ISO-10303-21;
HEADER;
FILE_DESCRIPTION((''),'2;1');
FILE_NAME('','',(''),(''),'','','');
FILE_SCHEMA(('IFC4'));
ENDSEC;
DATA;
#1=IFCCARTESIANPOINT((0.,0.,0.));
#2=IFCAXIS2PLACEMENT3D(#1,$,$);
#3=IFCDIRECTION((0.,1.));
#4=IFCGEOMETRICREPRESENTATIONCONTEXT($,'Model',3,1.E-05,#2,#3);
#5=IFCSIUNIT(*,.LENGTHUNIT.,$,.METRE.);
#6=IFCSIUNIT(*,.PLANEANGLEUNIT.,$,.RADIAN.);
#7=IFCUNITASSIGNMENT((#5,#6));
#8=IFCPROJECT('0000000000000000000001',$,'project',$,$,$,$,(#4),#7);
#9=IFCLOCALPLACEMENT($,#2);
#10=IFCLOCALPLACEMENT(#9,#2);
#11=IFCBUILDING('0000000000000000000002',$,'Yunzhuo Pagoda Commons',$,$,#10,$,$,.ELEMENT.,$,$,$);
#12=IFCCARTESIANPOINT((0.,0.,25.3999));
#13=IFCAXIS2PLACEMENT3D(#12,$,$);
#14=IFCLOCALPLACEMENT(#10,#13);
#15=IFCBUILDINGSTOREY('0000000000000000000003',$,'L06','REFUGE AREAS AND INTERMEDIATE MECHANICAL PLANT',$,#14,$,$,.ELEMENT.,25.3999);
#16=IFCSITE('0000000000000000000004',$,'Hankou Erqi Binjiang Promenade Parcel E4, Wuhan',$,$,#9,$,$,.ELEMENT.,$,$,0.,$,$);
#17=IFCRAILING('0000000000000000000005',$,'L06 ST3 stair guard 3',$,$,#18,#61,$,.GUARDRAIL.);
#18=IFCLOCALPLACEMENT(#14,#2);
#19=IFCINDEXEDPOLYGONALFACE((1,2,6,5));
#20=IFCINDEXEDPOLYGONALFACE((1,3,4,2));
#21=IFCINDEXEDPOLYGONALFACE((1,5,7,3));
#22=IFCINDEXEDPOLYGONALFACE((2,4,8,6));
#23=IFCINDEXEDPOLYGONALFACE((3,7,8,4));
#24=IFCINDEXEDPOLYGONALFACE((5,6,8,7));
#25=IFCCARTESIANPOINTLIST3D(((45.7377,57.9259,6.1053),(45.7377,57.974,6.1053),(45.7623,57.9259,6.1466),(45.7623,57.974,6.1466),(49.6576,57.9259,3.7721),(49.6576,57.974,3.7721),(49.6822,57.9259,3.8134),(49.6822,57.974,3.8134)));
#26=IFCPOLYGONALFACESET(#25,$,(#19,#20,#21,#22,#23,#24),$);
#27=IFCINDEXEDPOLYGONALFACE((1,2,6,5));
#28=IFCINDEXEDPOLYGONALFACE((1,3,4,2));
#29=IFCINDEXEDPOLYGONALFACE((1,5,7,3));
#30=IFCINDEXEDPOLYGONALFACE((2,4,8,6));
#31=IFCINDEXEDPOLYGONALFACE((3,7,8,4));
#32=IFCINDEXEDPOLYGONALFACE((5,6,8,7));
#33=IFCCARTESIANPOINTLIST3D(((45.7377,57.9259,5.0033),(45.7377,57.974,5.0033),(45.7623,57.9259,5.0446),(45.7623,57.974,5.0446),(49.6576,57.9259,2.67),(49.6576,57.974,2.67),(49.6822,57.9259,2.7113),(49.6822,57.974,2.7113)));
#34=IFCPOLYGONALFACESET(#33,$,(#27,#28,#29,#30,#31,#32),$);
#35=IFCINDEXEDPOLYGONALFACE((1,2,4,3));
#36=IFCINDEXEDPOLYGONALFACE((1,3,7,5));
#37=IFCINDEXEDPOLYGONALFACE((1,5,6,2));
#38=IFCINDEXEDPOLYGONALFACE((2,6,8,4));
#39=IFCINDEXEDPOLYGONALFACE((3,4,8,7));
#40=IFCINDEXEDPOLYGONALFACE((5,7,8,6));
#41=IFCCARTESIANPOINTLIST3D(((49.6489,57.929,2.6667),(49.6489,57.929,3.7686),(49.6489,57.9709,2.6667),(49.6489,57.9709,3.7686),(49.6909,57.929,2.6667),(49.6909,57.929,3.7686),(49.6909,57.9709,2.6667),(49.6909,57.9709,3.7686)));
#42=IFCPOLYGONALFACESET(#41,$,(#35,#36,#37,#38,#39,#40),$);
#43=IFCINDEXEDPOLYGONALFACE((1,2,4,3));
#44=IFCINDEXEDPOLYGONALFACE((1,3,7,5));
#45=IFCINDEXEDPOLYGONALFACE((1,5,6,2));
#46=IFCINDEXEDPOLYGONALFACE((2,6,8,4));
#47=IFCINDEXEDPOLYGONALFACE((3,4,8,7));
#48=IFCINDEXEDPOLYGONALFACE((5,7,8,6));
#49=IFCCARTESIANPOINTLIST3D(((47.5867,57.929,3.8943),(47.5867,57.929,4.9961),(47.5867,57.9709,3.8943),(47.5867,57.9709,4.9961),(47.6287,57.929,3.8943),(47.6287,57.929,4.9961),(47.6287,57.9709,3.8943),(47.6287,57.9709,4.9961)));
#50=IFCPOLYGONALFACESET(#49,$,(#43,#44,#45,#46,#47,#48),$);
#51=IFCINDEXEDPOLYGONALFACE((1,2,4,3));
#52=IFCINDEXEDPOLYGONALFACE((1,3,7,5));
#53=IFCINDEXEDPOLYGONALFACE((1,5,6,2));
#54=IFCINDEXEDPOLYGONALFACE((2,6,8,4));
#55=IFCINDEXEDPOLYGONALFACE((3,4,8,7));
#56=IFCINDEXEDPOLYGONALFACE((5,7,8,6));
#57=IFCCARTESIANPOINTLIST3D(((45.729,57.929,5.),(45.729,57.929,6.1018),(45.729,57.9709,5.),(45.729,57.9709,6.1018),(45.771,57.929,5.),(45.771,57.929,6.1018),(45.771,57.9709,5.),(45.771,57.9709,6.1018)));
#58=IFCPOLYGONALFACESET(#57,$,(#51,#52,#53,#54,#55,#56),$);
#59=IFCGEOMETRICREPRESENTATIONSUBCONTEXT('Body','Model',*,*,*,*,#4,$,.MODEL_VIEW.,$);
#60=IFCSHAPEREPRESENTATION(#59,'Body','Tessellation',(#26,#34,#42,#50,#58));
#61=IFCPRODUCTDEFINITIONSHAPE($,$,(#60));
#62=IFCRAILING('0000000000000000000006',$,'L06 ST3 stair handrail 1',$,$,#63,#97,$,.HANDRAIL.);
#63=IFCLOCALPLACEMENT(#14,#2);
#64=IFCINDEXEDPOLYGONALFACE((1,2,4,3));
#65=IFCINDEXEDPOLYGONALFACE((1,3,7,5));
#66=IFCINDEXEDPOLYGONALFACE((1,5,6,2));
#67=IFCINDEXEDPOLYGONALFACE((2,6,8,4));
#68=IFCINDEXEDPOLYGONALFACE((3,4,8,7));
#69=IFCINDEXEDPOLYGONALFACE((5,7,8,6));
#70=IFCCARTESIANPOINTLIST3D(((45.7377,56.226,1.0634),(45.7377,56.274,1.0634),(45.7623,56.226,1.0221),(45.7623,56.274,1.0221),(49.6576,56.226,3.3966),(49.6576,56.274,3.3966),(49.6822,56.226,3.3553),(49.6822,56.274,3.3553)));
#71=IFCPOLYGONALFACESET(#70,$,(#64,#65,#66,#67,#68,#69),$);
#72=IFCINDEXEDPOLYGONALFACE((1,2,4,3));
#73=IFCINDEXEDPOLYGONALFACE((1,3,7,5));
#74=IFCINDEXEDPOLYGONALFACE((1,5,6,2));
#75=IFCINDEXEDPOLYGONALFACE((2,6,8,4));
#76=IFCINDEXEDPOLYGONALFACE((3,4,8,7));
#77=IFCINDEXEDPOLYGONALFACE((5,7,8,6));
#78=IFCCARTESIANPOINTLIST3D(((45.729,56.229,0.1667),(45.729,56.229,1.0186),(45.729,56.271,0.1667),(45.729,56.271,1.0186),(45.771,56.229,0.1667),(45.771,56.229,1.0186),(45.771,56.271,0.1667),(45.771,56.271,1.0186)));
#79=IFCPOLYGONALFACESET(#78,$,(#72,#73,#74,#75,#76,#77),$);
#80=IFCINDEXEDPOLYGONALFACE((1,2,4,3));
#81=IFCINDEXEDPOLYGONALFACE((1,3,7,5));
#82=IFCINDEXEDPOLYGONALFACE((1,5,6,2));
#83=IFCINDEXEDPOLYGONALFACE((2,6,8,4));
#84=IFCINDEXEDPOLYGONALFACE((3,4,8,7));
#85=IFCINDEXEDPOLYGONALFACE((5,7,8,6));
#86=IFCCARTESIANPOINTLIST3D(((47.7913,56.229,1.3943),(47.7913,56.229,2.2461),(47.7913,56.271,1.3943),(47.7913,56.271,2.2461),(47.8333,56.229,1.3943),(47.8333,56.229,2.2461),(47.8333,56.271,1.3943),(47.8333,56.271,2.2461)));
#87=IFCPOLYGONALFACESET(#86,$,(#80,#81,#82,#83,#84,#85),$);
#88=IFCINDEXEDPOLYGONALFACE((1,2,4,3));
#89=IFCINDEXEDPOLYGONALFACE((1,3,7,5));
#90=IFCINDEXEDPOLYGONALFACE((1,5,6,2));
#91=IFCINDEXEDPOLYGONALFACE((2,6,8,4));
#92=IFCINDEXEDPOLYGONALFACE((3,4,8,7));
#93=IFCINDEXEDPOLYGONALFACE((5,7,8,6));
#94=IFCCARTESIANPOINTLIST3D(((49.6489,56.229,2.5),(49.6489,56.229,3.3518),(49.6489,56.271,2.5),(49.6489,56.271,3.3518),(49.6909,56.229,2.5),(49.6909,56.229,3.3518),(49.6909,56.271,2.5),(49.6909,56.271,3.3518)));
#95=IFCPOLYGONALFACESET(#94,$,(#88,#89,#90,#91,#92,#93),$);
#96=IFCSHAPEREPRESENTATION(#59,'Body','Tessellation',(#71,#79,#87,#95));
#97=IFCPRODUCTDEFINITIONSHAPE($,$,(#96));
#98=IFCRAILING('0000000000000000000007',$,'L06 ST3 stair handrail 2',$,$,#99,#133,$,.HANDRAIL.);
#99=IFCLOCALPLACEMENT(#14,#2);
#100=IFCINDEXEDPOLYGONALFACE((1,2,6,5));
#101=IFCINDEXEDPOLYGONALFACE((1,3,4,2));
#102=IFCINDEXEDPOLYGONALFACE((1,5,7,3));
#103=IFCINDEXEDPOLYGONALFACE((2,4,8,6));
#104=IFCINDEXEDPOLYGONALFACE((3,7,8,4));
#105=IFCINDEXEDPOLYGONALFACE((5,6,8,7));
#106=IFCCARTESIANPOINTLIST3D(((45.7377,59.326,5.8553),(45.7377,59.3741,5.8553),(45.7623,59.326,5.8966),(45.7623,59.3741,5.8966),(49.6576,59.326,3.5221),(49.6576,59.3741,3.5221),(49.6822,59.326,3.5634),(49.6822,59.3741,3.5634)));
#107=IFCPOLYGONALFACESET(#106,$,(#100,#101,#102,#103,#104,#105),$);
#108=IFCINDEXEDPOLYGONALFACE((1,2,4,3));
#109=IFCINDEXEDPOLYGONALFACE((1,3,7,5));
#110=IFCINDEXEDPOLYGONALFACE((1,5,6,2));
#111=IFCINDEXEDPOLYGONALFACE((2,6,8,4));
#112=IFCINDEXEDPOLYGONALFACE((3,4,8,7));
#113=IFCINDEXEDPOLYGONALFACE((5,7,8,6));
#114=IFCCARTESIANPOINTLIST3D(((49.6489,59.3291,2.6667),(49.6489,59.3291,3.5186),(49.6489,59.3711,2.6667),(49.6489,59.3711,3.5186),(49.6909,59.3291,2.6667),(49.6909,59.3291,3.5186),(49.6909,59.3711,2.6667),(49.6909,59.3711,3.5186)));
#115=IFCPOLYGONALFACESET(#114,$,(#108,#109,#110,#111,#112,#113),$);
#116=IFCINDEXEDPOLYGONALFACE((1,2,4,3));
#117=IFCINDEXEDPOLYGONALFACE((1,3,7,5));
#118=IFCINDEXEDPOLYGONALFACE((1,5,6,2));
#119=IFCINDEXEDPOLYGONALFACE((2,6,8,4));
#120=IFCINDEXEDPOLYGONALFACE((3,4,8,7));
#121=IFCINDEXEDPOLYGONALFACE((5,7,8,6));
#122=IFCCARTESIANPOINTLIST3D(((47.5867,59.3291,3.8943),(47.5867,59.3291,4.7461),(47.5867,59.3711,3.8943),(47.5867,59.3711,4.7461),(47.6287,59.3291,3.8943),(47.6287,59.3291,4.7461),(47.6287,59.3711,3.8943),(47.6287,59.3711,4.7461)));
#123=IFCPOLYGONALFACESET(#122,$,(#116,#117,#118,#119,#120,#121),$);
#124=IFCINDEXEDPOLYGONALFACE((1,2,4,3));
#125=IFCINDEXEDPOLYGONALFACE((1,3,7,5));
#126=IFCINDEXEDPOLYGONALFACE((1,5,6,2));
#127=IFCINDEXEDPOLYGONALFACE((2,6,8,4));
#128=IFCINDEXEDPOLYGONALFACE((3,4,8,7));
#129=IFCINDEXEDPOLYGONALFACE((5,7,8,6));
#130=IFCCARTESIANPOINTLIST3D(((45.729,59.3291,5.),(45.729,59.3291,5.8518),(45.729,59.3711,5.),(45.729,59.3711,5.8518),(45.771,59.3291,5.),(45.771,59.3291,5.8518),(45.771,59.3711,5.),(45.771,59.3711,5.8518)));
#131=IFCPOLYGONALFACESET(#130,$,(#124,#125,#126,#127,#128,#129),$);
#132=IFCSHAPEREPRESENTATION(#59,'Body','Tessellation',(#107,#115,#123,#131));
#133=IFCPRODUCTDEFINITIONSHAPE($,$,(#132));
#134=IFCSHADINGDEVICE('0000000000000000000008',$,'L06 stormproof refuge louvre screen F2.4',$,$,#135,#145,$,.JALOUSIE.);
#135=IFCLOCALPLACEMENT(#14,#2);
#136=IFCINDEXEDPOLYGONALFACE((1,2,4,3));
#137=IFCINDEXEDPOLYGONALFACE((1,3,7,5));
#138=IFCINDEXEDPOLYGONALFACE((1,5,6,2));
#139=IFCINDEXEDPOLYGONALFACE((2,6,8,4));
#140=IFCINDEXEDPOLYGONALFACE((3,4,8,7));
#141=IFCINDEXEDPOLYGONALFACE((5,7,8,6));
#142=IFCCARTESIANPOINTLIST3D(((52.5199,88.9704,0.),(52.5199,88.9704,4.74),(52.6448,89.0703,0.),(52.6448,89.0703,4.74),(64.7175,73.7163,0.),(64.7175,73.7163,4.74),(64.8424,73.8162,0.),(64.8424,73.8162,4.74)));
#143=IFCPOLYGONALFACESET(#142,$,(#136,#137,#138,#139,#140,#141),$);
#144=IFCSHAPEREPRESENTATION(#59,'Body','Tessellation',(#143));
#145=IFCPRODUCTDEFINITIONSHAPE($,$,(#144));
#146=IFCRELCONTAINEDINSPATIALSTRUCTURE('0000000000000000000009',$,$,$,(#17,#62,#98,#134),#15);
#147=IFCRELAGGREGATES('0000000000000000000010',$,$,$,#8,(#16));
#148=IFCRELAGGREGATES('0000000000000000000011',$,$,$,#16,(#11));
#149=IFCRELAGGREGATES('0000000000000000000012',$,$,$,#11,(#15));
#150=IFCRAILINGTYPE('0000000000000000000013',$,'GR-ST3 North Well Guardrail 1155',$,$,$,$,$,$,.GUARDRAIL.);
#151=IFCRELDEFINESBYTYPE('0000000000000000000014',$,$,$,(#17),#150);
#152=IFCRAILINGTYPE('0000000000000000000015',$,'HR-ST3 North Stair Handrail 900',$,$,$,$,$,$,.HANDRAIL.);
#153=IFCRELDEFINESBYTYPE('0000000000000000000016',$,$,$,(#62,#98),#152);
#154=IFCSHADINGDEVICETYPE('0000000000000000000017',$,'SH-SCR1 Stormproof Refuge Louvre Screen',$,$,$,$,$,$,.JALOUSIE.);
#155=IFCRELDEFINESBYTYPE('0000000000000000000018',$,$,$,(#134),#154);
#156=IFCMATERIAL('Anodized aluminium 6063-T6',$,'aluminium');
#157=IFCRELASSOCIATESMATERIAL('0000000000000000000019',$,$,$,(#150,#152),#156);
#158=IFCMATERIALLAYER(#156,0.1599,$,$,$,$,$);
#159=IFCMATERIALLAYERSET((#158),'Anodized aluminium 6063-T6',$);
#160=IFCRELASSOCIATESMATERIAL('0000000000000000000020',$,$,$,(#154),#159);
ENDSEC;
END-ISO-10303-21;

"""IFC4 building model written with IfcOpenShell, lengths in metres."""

from ifc_helpers import new_model, si_unit, direction, frame, origin, origin_2d, place, context, subcontext, project, spatial, rectangle, extrude, source, transform, mapped, material, layer, layer_set, type_object, element, save


model = new_model("IFC4")

# Units and contexts
model_context = context("Model", 3, precision=1e-05, world=origin(), true_north=direction((0.0, 1.0)))
body_context = subcontext(model_context, "Body", "Model", "MODEL_VIEW")
ifc_project = project(units=[si_unit("LENGTHUNIT", "METRE"), si_unit("PLANEANGLEUNIT", "RADIAN")], contexts=[model_context])

# Site, building, storey
site_placement = place(None, origin())
site = spatial("IfcSite", under=ifc_project, at=site_placement, Name="Hankou Erqi Binjiang Promenade Parcel E4, Wuhan", CompositionType="ELEMENT", RefElevation=0.0)
building_placement = place(site_placement, origin())
building = spatial("IfcBuilding", under=site, at=building_placement, Name="Yunzhuo Pagoda Commons", CompositionType="ELEMENT")
storey_placement = place(building_placement, frame((0.0, 0.0, 25.3999)))
storey = spatial("IfcBuildingStorey", under=building, at=storey_placement, Name="L06", Description="REFUGE AREAS AND INTERMEDIATE MECHANICAL PLANT", CompositionType="ELEMENT", Elevation=25.3999)

# Railings
ifc_material_1 = material(Name="Anodized aluminium 6063-T6", Category="aluminium")
railing_type_1 = type_object("IfcRailingType", Name="GR-ST3 North Well Guardrail 1155", PredefinedType="GUARDRAIL", material=ifc_material_1)
railing_1_placement = place(storey_placement, frame((49.6699, 57.95, 2.6667)))
element("IfcRailing", 1, at=railing_1_placement, inside=storey, type_object=railing_type_1, Name="L06 ST3 stair guard 3", PredefinedType="GUARDRAIL", context=body_context, shape_type="SweptSolid", body=[
    extrude(rectangle(XDim=0.0481, YDim=0.0481, at=origin_2d()), frame((0.0, 0.0, 1.126), z_axis=(-0.859296, 0.0, 0.511478), x_axis=(0.0, -1.0, 0.0)), (0.0, 0.0, 1.0), 4.5618),
    extrude(rectangle(XDim=0.0481, YDim=0.0481, at=origin_2d()), frame((0.0, 0.0, 0.0239), z_axis=(-0.859296, 0.0, 0.511478), x_axis=(0.0, -1.0, 0.0)), (0.0, 0.0, 1.0), 4.5618),
    extrude(rectangle(XDim=0.042, YDim=0.042, at=origin_2d()), origin(), (0.0, 0.0, 1.0), 1.1018),
    extrude(rectangle(XDim=0.042, YDim=0.042, at=origin_2d()), frame((-2.0623, 0.0, 1.2275)), (0.0, 0.0, 1.0), 1.1018),
    extrude(rectangle(XDim=0.042, YDim=0.042, at=origin_2d()), frame((-3.9199, 0.0, 2.3333)), (0.0, 0.0, 1.0), 1.1018),
])
railing_type_2 = type_object("IfcRailingType", Name="HR-ST3 North Stair Handrail 900", PredefinedType="HANDRAIL", material=ifc_material_1)
railing_2_placement = place(storey_placement, frame((45.75, 56.25, 0.1667)))
element("IfcRailing", 2, at=railing_2_placement, inside=storey, type_object=railing_type_2, Name="L06 ST3 stair handrail 1", PredefinedType="HANDRAIL", context=body_context, shape_type="SweptSolid", body=[
    extrude(rectangle(XDim=0.0481, YDim=0.0481, at=origin_2d()), frame((0.0, 0.0, 0.876), z_axis=(0.859296, 0.0, 0.511478), x_axis=(0.0, 1.0, 0.0)), (0.0, 0.0, 1.0), 4.5618),
    extrude(rectangle(XDim=0.042, YDim=0.042, at=origin_2d()), origin(), (0.0, 0.0, 1.0), 0.8518),
    extrude(rectangle(XDim=0.042, YDim=0.042, at=origin_2d()), frame((2.0623, 0.0, 1.2275)), (0.0, 0.0, 1.0), 0.8518),
    extrude(rectangle(XDim=0.042, YDim=0.042, at=origin_2d()), frame((3.9199, 0.0, 2.3333)), (0.0, 0.0, 1.0), 0.8518),
])
railing_3_placement = place(storey_placement, frame((49.6699, 59.3501, 2.6667)))
element("IfcRailing", 3, at=railing_3_placement, inside=storey, type_object=railing_type_2, Name="L06 ST3 stair handrail 2", PredefinedType="HANDRAIL", context=body_context, shape_type="SweptSolid", body=[
    extrude(rectangle(XDim=0.0481, YDim=0.0481, at=origin_2d()), frame((0.0, 0.0, 0.876), z_axis=(-0.859296, 0.0, 0.511478), x_axis=(0.0, -1.0, 0.0)), (0.0, 0.0, 1.0), 4.5618),
    extrude(rectangle(XDim=0.042, YDim=0.042, at=origin_2d()), origin(), (0.0, 0.0, 1.0), 0.8518),
    extrude(rectangle(XDim=0.042, YDim=0.042, at=origin_2d()), frame((-2.0623, 0.0, 1.2275)), (0.0, 0.0, 1.0), 0.8518),
    extrude(rectangle(XDim=0.042, YDim=0.042, at=origin_2d()), frame((-3.9199, 0.0, 2.3333)), (0.0, 0.0, 1.0), 0.8518),
])

# Shading device
ifc_layer_1 = layer(ifc_material_1, 0.1599)
ifc_layer_set_1 = layer_set([ifc_layer_1], Name="Anodized aluminium 6063-T6")
shading_device_type = type_object("IfcShadingDeviceType", Name="SH-SCR1 Stormproof Refuge Louvre Screen", PredefinedType="JALOUSIE", material=ifc_layer_set_1)
shared_shape_1 = source(origin(), body_context, "Body", "SweptSolid", [
    extrude(rectangle(XDim=19.5312, YDim=0.1599, at=origin_2d()), origin(), (0.0, 0.0, 1.0), 4.74),
])
shading_device_placement = place(storey_placement, frame((58.6812, 81.3933, 0.0), z_axis=(0.0, 0.0, 1.0), x_axis=(-0.62452, 0.781008, 0.0)))
element("IfcShadingDevice", 4, at=shading_device_placement, inside=storey, type_object=shading_device_type, Name="L06 stormproof refuge louvre screen F2.4", PredefinedType="JALOUSIE", context=body_context, shape_type="MappedRepresentation", body=[
    mapped(shared_shape_1, transform((0.0, 0.0, 0.0), scale=1.0)),
])

save(model, "model.ifc")
